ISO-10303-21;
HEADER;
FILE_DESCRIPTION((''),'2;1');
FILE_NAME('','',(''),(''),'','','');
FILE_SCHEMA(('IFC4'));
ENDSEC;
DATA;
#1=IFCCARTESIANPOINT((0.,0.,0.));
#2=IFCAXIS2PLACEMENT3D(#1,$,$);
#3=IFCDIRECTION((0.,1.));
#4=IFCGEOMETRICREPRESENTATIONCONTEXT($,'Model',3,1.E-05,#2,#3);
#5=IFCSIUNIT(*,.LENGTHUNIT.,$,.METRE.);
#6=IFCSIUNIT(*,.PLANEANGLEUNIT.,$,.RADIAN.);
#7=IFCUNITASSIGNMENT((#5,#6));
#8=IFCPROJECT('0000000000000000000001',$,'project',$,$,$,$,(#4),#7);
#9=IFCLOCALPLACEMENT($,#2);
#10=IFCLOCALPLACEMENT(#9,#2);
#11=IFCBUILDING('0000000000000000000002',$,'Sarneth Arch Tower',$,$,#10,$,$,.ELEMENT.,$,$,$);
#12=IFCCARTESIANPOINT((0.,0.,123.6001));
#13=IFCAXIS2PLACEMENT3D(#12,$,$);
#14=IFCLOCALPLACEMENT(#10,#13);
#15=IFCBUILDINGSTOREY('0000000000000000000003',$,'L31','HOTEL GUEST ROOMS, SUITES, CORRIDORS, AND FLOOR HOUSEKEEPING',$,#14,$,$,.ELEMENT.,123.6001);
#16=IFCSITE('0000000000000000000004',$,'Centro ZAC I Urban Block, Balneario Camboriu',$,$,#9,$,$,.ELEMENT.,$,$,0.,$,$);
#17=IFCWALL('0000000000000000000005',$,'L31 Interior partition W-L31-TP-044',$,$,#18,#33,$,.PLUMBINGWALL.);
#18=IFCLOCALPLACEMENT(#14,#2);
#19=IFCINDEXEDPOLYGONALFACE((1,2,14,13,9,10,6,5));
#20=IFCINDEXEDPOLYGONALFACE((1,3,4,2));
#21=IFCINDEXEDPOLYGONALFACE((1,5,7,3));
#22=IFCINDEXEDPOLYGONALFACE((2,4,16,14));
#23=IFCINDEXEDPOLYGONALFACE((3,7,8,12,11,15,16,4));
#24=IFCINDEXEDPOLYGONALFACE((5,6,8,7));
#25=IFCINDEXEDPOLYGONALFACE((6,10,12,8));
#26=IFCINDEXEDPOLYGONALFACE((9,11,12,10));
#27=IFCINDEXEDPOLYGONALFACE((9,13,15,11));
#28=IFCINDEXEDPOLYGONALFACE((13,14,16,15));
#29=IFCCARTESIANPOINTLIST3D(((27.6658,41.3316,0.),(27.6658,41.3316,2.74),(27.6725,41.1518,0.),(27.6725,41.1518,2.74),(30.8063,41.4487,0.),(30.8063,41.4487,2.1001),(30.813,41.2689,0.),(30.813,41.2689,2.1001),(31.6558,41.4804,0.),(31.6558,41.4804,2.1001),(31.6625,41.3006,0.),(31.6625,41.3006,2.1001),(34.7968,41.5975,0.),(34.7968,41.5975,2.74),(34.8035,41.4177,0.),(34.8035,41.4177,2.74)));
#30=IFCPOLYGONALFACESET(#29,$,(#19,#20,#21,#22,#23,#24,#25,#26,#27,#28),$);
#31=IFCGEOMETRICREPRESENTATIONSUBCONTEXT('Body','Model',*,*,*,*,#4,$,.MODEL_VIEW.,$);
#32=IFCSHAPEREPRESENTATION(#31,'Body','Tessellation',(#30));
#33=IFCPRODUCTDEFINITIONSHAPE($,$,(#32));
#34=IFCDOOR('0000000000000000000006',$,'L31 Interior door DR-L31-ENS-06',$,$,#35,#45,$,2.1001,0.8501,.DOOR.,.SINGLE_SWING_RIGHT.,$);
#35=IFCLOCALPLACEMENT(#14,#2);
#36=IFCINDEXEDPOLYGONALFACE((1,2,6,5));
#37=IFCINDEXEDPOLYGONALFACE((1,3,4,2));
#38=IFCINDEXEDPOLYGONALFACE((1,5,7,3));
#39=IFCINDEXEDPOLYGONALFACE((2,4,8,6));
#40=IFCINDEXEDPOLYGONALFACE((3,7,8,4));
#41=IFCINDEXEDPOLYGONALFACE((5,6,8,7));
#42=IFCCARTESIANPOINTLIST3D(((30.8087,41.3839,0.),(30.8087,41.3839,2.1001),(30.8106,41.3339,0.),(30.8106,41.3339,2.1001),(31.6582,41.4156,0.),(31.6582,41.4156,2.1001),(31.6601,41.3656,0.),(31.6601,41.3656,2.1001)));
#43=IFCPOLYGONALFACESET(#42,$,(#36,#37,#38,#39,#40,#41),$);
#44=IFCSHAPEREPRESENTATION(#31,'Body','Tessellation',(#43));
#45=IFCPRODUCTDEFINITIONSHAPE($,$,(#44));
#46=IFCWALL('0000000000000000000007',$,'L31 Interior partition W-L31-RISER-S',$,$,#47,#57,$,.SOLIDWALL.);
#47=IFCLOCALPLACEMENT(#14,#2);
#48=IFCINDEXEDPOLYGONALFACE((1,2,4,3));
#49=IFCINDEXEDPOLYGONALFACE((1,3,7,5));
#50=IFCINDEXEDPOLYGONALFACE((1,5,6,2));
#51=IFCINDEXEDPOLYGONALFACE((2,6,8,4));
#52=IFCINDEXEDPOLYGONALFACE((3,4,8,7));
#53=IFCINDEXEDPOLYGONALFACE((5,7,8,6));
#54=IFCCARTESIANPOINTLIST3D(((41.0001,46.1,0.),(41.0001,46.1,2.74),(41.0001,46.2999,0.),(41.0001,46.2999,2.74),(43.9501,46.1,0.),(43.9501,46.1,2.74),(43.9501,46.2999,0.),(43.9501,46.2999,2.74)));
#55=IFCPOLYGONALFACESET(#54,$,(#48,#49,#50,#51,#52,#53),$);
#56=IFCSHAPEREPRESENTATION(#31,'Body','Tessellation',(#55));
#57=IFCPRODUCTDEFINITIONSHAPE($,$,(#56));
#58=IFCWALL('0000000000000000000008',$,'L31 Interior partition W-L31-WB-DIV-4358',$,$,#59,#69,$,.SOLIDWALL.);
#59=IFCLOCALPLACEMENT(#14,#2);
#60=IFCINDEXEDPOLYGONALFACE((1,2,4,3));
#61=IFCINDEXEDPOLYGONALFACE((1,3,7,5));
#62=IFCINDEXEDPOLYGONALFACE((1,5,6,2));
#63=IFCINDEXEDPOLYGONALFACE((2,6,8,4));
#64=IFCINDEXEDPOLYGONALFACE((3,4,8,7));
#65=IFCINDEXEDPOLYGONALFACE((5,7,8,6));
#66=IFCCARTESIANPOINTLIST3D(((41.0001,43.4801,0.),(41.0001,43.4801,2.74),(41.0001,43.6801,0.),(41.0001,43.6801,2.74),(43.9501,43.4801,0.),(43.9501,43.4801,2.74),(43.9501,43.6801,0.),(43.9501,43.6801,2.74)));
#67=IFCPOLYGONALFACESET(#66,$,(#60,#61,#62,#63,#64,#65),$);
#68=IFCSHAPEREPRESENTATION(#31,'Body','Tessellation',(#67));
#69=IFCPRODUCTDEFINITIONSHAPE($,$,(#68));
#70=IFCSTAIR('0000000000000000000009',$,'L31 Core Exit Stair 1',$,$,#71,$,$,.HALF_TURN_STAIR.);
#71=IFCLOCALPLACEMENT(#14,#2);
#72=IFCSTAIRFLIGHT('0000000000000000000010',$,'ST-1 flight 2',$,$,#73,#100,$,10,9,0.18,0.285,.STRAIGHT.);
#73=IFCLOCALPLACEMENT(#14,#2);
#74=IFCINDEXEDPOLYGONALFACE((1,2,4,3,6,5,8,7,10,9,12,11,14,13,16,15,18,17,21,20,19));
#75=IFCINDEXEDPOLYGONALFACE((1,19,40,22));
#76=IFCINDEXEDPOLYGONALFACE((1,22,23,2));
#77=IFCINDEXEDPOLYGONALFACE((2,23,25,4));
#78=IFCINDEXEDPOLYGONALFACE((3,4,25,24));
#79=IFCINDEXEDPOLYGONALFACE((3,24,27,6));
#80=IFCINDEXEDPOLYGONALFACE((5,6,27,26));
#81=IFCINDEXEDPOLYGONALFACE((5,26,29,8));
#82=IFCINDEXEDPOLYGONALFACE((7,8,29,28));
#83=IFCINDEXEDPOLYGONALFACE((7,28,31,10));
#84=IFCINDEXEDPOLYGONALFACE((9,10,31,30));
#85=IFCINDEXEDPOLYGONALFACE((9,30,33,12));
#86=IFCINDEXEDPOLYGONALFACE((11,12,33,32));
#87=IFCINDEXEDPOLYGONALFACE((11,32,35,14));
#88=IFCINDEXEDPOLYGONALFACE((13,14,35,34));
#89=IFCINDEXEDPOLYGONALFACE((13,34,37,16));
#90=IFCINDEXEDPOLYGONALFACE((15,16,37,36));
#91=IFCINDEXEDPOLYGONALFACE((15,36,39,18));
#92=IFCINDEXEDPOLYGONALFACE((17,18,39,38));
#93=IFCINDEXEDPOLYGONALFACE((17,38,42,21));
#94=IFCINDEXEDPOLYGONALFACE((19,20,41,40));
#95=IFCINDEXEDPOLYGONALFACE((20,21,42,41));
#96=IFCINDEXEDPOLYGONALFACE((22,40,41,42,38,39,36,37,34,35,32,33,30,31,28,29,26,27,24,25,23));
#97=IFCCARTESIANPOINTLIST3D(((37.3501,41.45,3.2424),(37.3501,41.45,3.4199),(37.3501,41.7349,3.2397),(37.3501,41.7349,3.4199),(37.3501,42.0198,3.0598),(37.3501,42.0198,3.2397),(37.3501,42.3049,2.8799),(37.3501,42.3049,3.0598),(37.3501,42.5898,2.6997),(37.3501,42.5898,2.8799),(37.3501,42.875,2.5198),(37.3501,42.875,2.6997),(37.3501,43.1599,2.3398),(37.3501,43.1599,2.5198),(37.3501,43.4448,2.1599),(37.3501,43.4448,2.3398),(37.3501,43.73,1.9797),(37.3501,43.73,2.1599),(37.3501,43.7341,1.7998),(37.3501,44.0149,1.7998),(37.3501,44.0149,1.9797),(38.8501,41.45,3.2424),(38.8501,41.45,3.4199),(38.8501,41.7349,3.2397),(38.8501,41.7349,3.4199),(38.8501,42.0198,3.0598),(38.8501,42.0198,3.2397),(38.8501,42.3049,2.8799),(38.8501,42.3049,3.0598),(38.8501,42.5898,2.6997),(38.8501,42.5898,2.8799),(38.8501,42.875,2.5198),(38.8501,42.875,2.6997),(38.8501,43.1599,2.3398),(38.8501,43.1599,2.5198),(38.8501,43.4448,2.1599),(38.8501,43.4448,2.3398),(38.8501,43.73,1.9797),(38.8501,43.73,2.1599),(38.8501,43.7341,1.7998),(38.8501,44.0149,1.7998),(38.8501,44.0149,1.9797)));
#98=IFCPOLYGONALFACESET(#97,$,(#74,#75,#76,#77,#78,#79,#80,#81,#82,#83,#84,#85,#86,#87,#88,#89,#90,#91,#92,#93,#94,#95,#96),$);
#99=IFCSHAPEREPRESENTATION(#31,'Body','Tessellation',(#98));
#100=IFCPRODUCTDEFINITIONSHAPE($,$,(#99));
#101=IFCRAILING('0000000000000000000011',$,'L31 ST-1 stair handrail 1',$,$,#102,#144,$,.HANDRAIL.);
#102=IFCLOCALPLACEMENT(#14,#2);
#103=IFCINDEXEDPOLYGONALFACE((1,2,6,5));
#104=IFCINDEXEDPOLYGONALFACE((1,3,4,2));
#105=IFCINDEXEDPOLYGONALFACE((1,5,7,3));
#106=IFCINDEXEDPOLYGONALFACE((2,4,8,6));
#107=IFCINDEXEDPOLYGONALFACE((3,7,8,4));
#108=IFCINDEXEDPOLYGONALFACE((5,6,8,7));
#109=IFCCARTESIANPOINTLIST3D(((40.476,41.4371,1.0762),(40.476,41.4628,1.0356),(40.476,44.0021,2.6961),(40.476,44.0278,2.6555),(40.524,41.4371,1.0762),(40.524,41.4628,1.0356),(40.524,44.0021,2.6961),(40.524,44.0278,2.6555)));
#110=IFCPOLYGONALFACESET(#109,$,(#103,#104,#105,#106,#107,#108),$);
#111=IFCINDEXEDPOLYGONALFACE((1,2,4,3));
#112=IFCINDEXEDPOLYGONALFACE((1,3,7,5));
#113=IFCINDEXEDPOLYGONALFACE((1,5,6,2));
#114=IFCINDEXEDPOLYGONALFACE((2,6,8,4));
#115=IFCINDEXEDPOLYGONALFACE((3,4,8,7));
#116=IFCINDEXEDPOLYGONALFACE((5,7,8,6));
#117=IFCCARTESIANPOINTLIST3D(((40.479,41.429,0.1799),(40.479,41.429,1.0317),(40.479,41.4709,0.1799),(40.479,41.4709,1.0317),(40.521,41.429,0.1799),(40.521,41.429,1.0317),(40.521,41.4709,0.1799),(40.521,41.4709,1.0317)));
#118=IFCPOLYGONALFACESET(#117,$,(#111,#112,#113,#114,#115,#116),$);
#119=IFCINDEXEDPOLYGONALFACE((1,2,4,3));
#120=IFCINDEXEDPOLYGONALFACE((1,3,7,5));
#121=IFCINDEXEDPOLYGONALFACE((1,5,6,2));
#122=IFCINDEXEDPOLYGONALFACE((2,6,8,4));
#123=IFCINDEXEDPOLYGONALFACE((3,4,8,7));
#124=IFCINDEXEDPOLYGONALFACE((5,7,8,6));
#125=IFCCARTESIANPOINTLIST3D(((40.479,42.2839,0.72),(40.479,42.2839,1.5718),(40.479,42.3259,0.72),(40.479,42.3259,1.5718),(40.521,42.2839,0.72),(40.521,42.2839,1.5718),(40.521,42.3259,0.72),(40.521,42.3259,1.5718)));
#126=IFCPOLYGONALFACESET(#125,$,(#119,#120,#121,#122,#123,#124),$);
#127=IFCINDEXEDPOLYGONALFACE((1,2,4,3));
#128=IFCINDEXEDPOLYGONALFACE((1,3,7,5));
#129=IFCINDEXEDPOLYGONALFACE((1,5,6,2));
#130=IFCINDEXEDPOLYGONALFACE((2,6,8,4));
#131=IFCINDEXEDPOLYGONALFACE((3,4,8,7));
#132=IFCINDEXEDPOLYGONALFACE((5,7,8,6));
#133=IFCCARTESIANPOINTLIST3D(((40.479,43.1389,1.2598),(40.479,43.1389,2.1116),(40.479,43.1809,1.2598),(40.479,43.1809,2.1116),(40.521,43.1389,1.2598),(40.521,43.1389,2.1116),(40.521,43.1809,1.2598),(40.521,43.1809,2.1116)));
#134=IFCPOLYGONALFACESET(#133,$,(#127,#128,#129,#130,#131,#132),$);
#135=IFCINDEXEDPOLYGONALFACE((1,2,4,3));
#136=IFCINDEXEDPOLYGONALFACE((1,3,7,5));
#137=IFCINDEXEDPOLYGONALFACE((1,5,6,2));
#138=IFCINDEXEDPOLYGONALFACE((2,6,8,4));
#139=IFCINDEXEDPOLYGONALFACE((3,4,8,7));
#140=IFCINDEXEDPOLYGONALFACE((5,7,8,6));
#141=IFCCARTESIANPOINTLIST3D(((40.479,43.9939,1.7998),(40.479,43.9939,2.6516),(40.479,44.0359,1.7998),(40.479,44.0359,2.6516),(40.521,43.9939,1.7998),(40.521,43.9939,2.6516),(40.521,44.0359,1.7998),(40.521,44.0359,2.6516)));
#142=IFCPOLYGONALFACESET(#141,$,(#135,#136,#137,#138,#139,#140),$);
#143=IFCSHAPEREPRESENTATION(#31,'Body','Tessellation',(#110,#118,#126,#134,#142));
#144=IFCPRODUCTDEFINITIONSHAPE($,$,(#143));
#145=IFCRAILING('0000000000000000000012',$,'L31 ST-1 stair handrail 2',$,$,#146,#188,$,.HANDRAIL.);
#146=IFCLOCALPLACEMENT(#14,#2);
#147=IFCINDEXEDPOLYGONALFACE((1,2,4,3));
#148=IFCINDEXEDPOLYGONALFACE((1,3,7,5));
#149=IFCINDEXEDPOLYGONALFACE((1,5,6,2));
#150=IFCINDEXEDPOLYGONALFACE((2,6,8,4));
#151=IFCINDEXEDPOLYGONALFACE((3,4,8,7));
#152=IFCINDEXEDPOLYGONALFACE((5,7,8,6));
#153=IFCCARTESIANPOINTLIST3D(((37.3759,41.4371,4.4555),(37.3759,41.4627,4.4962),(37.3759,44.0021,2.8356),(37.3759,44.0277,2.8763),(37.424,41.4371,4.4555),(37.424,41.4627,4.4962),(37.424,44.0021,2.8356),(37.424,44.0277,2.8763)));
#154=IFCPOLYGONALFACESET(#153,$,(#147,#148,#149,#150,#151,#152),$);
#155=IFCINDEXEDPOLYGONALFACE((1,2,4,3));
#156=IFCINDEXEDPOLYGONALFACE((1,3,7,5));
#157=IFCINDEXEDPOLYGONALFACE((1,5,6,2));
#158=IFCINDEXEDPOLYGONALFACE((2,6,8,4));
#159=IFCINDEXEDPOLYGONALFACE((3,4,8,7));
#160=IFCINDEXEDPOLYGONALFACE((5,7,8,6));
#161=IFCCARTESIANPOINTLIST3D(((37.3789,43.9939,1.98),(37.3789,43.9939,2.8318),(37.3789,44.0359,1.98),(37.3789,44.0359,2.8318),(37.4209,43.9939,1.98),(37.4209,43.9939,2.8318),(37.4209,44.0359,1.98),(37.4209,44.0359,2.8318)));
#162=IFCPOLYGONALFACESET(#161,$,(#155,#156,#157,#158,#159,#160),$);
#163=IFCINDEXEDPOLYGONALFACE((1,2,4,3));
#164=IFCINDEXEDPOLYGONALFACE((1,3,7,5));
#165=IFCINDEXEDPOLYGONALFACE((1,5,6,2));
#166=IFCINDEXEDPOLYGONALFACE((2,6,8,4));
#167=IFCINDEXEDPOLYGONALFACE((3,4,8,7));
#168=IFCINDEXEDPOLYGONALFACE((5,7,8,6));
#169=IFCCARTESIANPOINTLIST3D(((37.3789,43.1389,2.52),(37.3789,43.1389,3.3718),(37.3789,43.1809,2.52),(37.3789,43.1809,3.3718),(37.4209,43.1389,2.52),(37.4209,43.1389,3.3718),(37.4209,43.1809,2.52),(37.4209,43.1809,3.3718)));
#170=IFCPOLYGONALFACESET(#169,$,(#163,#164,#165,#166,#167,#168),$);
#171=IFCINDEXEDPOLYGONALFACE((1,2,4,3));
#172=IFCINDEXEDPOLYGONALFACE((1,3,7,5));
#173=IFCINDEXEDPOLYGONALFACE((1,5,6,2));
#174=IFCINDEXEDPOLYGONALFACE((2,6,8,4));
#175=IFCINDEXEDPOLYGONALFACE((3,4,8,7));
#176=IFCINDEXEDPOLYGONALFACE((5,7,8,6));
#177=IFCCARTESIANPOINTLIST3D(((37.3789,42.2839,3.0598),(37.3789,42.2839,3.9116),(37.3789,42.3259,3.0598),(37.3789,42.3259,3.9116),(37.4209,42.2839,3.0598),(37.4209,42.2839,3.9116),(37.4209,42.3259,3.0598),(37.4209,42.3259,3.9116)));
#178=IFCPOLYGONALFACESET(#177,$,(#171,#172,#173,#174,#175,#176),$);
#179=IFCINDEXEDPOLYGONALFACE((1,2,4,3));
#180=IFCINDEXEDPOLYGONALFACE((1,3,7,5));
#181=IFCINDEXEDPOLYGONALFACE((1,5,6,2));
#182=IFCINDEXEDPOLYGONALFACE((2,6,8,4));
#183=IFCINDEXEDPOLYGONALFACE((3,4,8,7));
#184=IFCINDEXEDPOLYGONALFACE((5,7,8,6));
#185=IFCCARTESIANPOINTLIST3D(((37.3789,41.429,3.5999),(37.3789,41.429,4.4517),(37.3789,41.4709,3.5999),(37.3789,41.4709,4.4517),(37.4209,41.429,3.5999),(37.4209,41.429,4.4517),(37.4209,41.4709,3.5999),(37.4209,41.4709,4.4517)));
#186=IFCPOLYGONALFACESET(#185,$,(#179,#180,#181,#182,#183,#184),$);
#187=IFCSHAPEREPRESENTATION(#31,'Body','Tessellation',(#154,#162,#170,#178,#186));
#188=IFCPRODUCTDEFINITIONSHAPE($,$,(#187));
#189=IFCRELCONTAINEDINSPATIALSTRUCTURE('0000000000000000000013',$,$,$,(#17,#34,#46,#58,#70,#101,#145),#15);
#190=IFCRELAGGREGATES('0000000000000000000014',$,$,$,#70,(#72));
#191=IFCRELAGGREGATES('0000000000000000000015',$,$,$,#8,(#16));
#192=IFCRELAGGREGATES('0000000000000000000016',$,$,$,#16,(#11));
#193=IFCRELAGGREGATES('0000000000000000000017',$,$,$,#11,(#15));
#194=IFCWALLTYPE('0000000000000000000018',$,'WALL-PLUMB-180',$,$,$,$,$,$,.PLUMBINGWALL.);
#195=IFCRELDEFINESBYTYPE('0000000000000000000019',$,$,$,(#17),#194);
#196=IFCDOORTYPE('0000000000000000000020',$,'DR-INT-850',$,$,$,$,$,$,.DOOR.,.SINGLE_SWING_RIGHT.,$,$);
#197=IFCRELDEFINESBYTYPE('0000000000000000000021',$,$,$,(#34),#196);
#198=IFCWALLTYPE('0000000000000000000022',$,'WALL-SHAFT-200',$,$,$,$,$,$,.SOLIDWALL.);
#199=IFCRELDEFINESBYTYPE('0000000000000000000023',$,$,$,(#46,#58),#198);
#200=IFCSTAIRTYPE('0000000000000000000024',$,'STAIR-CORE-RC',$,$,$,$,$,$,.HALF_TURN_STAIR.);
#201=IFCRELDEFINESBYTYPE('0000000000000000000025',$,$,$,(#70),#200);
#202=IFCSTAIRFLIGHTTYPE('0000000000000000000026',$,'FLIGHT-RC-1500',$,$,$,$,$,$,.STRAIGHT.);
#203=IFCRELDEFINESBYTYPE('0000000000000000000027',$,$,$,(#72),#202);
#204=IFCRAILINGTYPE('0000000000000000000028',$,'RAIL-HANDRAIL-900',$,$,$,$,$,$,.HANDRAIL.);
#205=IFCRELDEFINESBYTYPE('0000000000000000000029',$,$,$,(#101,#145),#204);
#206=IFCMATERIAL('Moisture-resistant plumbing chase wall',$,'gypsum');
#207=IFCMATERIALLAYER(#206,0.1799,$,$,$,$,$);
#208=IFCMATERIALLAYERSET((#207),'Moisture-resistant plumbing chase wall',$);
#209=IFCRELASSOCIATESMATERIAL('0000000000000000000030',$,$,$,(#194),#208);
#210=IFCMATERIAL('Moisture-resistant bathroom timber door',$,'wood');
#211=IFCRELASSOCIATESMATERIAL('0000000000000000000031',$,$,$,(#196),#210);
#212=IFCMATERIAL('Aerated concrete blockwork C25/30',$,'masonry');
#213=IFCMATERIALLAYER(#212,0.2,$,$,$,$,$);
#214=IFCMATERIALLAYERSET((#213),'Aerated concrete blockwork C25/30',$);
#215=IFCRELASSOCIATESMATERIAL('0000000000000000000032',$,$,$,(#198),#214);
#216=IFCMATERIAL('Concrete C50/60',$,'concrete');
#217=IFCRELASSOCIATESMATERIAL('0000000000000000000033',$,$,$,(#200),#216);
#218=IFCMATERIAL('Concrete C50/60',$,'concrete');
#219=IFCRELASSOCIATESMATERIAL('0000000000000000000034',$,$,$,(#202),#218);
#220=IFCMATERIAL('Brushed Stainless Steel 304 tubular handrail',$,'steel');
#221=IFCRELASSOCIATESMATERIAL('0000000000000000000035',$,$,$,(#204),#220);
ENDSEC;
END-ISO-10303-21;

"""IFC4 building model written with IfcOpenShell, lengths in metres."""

from ifc_helpers import new_model, si_unit, direction, frame, frame_2d, origin, origin_2d, place, context, subcontext, project, spatial, polyline, rectangle, outline, extrude, material, layer, layer_set, type_object, element, fill, aggregate, save


model = new_model("IFC4")

# Units and contexts
model_context = context("Model", 3, precision=1e-05, world=origin(), true_north=direction((0.0, 1.0)))
body_context = subcontext(model_context, "Body", "Model", "MODEL_VIEW")
ifc_project = project(units=[si_unit("LENGTHUNIT", "METRE"), si_unit("PLANEANGLEUNIT", "RADIAN")], contexts=[model_context])

# Site, building, storey
site_placement = place(None, origin())
site = spatial("IfcSite", under=ifc_project, at=site_placement, Name="Centro ZAC I Urban Block, Balneario Camboriu", CompositionType="ELEMENT", RefElevation=0.0)
building_placement = place(site_placement, origin())
building = spatial("IfcBuilding", under=site, at=building_placement, Name="Sarneth Arch Tower", CompositionType="ELEMENT")
storey_placement = place(building_placement, frame((0.0, 0.0, 123.6001)))
storey = spatial("IfcBuildingStorey", under=building, at=storey_placement, Name="L31", Description="HOTEL GUEST ROOMS, SUITES, CORRIDORS, AND FLOOR HOUSEKEEPING", CompositionType="ELEMENT", Elevation=123.6001)

# Wall, opening, door
ifc_material_1 = material(Name="Moisture-resistant plumbing chase wall", Category="gypsum")
ifc_layer_1 = layer(ifc_material_1, 0.1799)
ifc_layer_set_1 = layer_set([ifc_layer_1], Name="Moisture-resistant plumbing chase wall")
wall_type_1 = type_object("IfcWallType", Name="WALL-PLUMB-180", PredefinedType="PLUMBINGWALL", material=ifc_layer_set_1)
wall_1_placement = place(storey_placement, frame((34.8, 41.5076, 0.0), z_axis=(0.0, 0.0, 1.0), x_axis=(-0.999306, -0.037257, 0.0)))
wall_1 = element("IfcWall", 1, at=wall_1_placement, inside=storey, type_object=wall_type_1, Name="L31 Interior partition W-L31-TP-044", PredefinedType="PLUMBINGWALL", context=body_context, shape_type="SweptSolid", body=[
    extrude(rectangle(XDim=7.136, YDim=0.1799, at=frame_2d((3.5679, 0.0))), origin(), (0.0, 0.0, 1.0), 2.74),
])
opening_1_placement = place(wall_1_placement, frame((3.1431, 0.0, 0.0)))
opening_1 = element("IfcOpeningElement", 2, at=opening_1_placement, cuts=wall_1, PredefinedType="OPENING", context=body_context, shape_type="SweptSolid", body=[
    extrude(rectangle(XDim=0.8501, YDim=2.1001, at=frame_2d((0.425, 1.05))), frame((0.0, 0.0999, 0.0), z_axis=(0.0, -1.0, 0.0), x_axis=(1.0, 0.0, 0.0)), (0.0, 0.0, 1.0), 0.2),
])
ifc_material_2 = material(Name="Moisture-resistant bathroom timber door", Category="wood")
door_type_1 = type_object("IfcDoorType", Name="DR-INT-850", OperationType="SINGLE_SWING_RIGHT", PredefinedType="DOOR", material=ifc_material_2)
door_1_placement = place(opening_1_placement, origin())
door_1 = element("IfcDoor", 3, at=door_1_placement, inside=storey, type_object=door_type_1, Name="L31 Interior door DR-L31-ENS-06", OperationType="SINGLE_SWING_RIGHT", OverallHeight=2.1001, OverallWidth=0.8501, PredefinedType="DOOR", context=body_context, shape_type="SweptSolid", body=[
    extrude(rectangle(XDim=0.8501, YDim=2.1001, at=frame_2d((0.425, 1.05))), frame((0.0, 0.0249, 0.0), z_axis=(0.0, -1.0, 0.0), x_axis=(1.0, 0.0, 0.0)), (0.0, 0.0, 1.0), 0.05),
])
fill(opening_1, door_1)

# Wall
ifc_material_3 = material(Name="Aerated concrete blockwork C25/30", Category="masonry")
ifc_layer_2 = layer(ifc_material_3, 0.2)
ifc_layer_set_2 = layer_set([ifc_layer_2], Name="Aerated concrete blockwork C25/30")
wall_type_2 = type_object("IfcWallType", Name="WALL-SHAFT-200", PredefinedType="SOLIDWALL", material=ifc_layer_set_2)
wall_2_placement = place(storey_placement, frame((41.0, 46.2, 0.0), z_axis=(0.0, 0.0, 1.0), x_axis=(1.0, 0.0, 0.0)))
element("IfcWall", 4, at=wall_2_placement, inside=storey, type_object=wall_type_2, Name="L31 Interior partition W-L31-RISER-S", PredefinedType="SOLIDWALL", context=body_context, shape_type="SweptSolid", body=[
    extrude(rectangle(XDim=2.95, YDim=0.2, at=frame_2d((1.4751, 0.0))), origin(), (0.0, 0.0, 1.0), 2.74),
])

# Wall
wall_3_placement = place(storey_placement, frame((41.0, 43.5801, 0.0), z_axis=(0.0, 0.0, 1.0), x_axis=(1.0, 0.0, 0.0)))
element("IfcWall", 5, at=wall_3_placement, inside=storey, type_object=wall_type_2, Name="L31 Interior partition W-L31-WB-DIV-4358", PredefinedType="SOLIDWALL", context=body_context, shape_type="SweptSolid", body=[
    extrude(rectangle(XDim=2.95, YDim=0.2, at=frame_2d((1.4751, 0.0))), origin(), (0.0, 0.0, 1.0), 2.74),
])

# Stair, stair flight
ifc_material_4 = material(Name="Concrete C50/60", Category="concrete")
stair_type = type_object("IfcStairType", Name="STAIR-CORE-RC", PredefinedType="HALF_TURN_STAIR", material=ifc_material_4)
stair_placement = place(storey_placement, origin())
stair = element("IfcStair", 6, at=stair_placement, inside=storey, type_object=stair_type, Name="L31 Core Exit Stair 1", PredefinedType="HALF_TURN_STAIR")
ifc_material_5 = material(Name="Concrete C50/60", Category="concrete")
stair_flight_type = type_object("IfcStairFlightType", Name="FLIGHT-RC-1500", PredefinedType="STRAIGHT", material=ifc_material_5)
stair_flight_placement = place(storey_placement, frame((38.1001, 44.0149, 1.7998), z_axis=(0.0, 0.0, 1.0), x_axis=(0.0, -1.0, 0.0)))
stair_flight = element("IfcStairFlight", 7, at=stair_flight_placement, type_object=stair_flight_type, Name="ST-1 flight 2", NumberOfRisers=10, NumberOfTreads=9, PredefinedType="STRAIGHT", RiserHeight=0.18, TreadLength=0.285, context=body_context, shape_type="SweptSolid", body=[
    extrude(outline(polyline([(0.0, 0.0), (0.0, 0.1799), (0.2849, 0.1799), (0.2849, 0.3601), (0.5701, 0.3601), (0.5701, 0.54), (0.855, 0.54), (0.855, 0.72), (1.1399, 0.72), (1.1399, 0.8999), (1.425, 0.8999), (1.425, 1.0801), (1.71, 1.0801), (1.71, 1.26), (1.9951, 1.26), (1.9951, 1.4399), (2.28, 1.4399), (2.28, 1.6201), (2.5649, 1.6201), (2.5649, 1.8), (2.5649, 1.4426), (0.2808, 0.0), (0.0, 0.0)])), frame((0.0, 0.75, 0.0), z_axis=(0.0, -1.0, 0.0), x_axis=(1.0, 0.0, 0.0)), (0.0, 0.0, 1.0), 1.5),
])
aggregate(stair, [stair_flight])

# Railings
ifc_material_6 = material(Name="Brushed Stainless Steel 304 tubular handrail", Category="steel")
railing_type_1 = type_object("IfcRailingType", Name="RAIL-HANDRAIL-900", PredefinedType="HANDRAIL", material=ifc_material_6)
railing_1_placement = place(storey_placement, frame((40.5, 41.45, 0.1799)))
element("IfcRailing", 8, at=railing_1_placement, inside=storey, type_object=railing_type_1, Name="L31 ST-1 stair handrail 1", PredefinedType="HANDRAIL", context=body_context, shape_type="SweptSolid", body=[
    extrude(rectangle(XDim=0.0481, YDim=0.0481, at=origin_2d()), frame((0.0, 0.0, 0.876), z_axis=(0.0, 0.845502, 0.533972), x_axis=(-1.0, 0.0, 0.0)), (0.0, 0.0, 1.0), 3.0337),
    extrude(rectangle(XDim=0.042, YDim=0.042, at=origin_2d()), origin(), (0.0, 0.0, 1.0), 0.8518),
    extrude(rectangle(XDim=0.042, YDim=0.042, at=origin_2d()), frame((0.0, 0.855, 0.54)), (0.0, 0.0, 1.0), 0.8518),
    extrude(rectangle(XDim=0.042, YDim=0.042, at=origin_2d()), frame((0.0, 1.71, 1.0798)), (0.0, 0.0, 1.0), 0.8518),
    extrude(rectangle(XDim=0.042, YDim=0.042, at=origin_2d()), frame((0.0, 2.5649, 1.6199)), (0.0, 0.0, 1.0), 0.8518),
])
railing_2_placement = place(storey_placement, frame((37.3999, 44.0149, 1.98)))
element("IfcRailing", 9, at=railing_2_placement, inside=storey, type_object=railing_type_1, Name="L31 ST-1 stair handrail 2", PredefinedType="HANDRAIL", context=body_context, shape_type="SweptSolid", body=[
    extrude(rectangle(XDim=0.0481, YDim=0.0481, at=origin_2d()), frame((0.0, 0.0, 0.876), z_axis=(0.0, -0.845502, 0.533972), x_axis=(1.0, 0.0, 0.0)), (0.0, 0.0, 1.0), 3.0337),
    extrude(rectangle(XDim=0.042, YDim=0.042, at=origin_2d()), origin(), (0.0, 0.0, 1.0), 0.8518),
    extrude(rectangle(XDim=0.042, YDim=0.042, at=origin_2d()), frame((0.0, -0.855, 0.54)), (0.0, 0.0, 1.0), 0.8518),
    extrude(rectangle(XDim=0.042, YDim=0.042, at=origin_2d()), frame((0.0, -1.71, 1.0798)), (0.0, 0.0, 1.0), 0.8518),
    extrude(rectangle(XDim=0.042, YDim=0.042, at=origin_2d()), frame((0.0, -2.5649, 1.6199)), (0.0, 0.0, 1.0), 0.8518),
])

save(model, "model.ifc")
